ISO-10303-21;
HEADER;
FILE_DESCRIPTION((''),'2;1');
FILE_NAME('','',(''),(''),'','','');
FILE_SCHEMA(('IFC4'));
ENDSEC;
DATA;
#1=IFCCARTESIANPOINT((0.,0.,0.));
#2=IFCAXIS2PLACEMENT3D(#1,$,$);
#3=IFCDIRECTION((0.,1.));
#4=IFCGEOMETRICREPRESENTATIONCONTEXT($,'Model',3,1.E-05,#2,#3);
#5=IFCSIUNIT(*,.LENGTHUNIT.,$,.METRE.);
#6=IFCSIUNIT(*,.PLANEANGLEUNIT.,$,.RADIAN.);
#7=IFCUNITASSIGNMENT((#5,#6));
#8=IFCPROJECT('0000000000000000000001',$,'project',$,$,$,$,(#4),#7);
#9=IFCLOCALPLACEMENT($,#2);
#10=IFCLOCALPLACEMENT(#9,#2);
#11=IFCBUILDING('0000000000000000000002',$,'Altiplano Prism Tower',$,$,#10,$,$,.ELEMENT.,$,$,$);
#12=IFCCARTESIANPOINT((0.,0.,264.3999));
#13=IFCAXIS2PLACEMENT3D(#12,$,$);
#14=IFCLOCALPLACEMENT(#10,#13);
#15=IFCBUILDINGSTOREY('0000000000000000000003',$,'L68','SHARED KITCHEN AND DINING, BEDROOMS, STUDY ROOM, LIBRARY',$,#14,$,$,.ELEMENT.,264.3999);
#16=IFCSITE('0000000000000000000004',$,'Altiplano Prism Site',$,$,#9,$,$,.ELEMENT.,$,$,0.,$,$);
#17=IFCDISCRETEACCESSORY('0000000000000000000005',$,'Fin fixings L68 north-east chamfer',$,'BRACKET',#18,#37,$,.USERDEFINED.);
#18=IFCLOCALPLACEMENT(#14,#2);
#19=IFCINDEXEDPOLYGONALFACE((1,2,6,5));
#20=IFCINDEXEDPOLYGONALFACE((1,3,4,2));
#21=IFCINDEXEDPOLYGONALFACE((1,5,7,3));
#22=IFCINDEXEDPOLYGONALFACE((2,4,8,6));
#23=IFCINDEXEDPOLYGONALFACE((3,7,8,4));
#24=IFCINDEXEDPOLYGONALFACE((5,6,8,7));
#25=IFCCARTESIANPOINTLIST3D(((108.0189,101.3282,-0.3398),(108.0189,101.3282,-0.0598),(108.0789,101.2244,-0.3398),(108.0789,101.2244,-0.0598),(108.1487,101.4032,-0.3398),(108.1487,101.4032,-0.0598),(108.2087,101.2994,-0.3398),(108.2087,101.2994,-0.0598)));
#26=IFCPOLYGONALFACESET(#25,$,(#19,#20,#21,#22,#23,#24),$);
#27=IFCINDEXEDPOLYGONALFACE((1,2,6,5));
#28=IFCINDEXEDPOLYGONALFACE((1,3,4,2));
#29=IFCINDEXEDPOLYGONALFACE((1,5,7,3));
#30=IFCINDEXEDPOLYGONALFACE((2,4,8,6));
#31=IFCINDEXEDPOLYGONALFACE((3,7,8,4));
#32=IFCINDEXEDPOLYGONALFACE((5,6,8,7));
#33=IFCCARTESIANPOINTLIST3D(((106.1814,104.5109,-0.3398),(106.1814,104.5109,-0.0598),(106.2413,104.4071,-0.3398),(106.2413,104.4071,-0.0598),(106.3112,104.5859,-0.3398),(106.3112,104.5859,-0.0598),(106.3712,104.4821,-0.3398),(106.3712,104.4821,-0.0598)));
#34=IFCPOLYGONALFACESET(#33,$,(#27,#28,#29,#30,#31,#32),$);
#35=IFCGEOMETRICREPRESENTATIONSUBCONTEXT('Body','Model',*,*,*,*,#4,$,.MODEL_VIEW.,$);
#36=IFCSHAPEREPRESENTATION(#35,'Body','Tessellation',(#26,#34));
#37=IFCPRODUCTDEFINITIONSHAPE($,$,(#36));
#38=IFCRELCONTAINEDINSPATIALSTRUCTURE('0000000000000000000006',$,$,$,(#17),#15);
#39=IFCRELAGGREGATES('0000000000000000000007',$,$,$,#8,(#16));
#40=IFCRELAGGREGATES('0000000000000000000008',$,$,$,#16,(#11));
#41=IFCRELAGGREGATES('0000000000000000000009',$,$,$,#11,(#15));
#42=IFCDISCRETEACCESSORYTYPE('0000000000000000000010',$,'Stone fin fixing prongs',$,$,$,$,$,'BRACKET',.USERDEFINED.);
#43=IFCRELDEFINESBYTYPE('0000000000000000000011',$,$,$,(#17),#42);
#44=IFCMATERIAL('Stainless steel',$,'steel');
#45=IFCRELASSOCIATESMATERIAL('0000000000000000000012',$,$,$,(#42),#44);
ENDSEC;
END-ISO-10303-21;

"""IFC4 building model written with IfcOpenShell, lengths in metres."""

from ifc_helpers import new_model, si_unit, direction, frame, origin, place, context, subcontext, project, spatial, polyline, outline, extrude, source, transform, mapped, material, type_object, element, save


model = new_model("IFC4")

# Units and contexts
model_context = context("Model", 3, precision=1e-05, world=origin(), true_north=direction((0.0, 1.0)))
body_context = subcontext(model_context, "Body", "Model", "MODEL_VIEW")
ifc_project = project(units=[si_unit("LENGTHUNIT", "METRE"), si_unit("PLANEANGLEUNIT", "RADIAN")], contexts=[model_context])

# Site, building, storey
site_placement = place(None, origin())
site = spatial("IfcSite", under=ifc_project, at=site_placement, Name="Altiplano Prism Site", CompositionType="ELEMENT", RefElevation=0.0)
building_placement = place(site_placement, origin())
building = spatial("IfcBuilding", under=site, at=building_placement, Name="Altiplano Prism Tower", CompositionType="ELEMENT")
storey_placement = place(building_placement, frame((0.0, 0.0, 264.3999)))
storey = spatial("IfcBuildingStorey", under=building, at=storey_placement, Name="L68", Description="SHARED KITCHEN AND DINING, BEDROOMS, STUDY ROOM, LIBRARY", CompositionType="ELEMENT", Elevation=264.3999)

# Discrete accessory
ifc_material_1 = material(Name="Stainless steel", Category="steel")
discrete_accessory_type_1 = type_object("IfcDiscreteAccessoryType", Name="Stone fin fixing prongs", ElementType="BRACKET", PredefinedType="USERDEFINED", material=ifc_material_1)
shared_shape_1 = source(origin(), body_context, "Body", "SweptSolid", [
    extrude(outline(polyline([(-1.8975, 0.0601), (-1.7776, 0.0601), (-1.7776, 0.3401), (-1.8975, 0.3401), (-1.8975, 0.0601)])), frame((0.0, 0.0, 0.0), z_axis=(0.0, -1.0, 0.0), x_axis=(1.0, 0.0, 0.0)), (0.0, 0.0, 1.0), 0.1499),
    extrude(outline(polyline([(1.7776, 0.0601), (1.8975, 0.0601), (1.8975, 0.3401), (1.7776, 0.3401), (1.7776, 0.0601)])), frame((0.0, 0.0, 0.0), z_axis=(0.0, -1.0, 0.0), x_axis=(1.0, 0.0, 0.0)), (0.0, 0.0, 1.0), 0.1499),
])
discrete_accessory_1_placement = place(storey_placement, origin())
element("IfcDiscreteAccessory", 1, at=discrete_accessory_1_placement, inside=storey, type_object=discrete_accessory_type_1, Name="Fin fixings L68 north-east chamfer", ObjectType="BRACKET", PredefinedType="USERDEFINED", context=body_context, shape_type="MappedRepresentation", body=[
    mapped(shared_shape_1, transform((107.1301, 102.8677, -0.3999), x_axis=(-0.5, 0.866025, 0.0), y_axis=(-0.866025, -0.5, 0.0), z_axis=(0.0, 0.0, 1.0))),
])

save(model, "model.ifc")
